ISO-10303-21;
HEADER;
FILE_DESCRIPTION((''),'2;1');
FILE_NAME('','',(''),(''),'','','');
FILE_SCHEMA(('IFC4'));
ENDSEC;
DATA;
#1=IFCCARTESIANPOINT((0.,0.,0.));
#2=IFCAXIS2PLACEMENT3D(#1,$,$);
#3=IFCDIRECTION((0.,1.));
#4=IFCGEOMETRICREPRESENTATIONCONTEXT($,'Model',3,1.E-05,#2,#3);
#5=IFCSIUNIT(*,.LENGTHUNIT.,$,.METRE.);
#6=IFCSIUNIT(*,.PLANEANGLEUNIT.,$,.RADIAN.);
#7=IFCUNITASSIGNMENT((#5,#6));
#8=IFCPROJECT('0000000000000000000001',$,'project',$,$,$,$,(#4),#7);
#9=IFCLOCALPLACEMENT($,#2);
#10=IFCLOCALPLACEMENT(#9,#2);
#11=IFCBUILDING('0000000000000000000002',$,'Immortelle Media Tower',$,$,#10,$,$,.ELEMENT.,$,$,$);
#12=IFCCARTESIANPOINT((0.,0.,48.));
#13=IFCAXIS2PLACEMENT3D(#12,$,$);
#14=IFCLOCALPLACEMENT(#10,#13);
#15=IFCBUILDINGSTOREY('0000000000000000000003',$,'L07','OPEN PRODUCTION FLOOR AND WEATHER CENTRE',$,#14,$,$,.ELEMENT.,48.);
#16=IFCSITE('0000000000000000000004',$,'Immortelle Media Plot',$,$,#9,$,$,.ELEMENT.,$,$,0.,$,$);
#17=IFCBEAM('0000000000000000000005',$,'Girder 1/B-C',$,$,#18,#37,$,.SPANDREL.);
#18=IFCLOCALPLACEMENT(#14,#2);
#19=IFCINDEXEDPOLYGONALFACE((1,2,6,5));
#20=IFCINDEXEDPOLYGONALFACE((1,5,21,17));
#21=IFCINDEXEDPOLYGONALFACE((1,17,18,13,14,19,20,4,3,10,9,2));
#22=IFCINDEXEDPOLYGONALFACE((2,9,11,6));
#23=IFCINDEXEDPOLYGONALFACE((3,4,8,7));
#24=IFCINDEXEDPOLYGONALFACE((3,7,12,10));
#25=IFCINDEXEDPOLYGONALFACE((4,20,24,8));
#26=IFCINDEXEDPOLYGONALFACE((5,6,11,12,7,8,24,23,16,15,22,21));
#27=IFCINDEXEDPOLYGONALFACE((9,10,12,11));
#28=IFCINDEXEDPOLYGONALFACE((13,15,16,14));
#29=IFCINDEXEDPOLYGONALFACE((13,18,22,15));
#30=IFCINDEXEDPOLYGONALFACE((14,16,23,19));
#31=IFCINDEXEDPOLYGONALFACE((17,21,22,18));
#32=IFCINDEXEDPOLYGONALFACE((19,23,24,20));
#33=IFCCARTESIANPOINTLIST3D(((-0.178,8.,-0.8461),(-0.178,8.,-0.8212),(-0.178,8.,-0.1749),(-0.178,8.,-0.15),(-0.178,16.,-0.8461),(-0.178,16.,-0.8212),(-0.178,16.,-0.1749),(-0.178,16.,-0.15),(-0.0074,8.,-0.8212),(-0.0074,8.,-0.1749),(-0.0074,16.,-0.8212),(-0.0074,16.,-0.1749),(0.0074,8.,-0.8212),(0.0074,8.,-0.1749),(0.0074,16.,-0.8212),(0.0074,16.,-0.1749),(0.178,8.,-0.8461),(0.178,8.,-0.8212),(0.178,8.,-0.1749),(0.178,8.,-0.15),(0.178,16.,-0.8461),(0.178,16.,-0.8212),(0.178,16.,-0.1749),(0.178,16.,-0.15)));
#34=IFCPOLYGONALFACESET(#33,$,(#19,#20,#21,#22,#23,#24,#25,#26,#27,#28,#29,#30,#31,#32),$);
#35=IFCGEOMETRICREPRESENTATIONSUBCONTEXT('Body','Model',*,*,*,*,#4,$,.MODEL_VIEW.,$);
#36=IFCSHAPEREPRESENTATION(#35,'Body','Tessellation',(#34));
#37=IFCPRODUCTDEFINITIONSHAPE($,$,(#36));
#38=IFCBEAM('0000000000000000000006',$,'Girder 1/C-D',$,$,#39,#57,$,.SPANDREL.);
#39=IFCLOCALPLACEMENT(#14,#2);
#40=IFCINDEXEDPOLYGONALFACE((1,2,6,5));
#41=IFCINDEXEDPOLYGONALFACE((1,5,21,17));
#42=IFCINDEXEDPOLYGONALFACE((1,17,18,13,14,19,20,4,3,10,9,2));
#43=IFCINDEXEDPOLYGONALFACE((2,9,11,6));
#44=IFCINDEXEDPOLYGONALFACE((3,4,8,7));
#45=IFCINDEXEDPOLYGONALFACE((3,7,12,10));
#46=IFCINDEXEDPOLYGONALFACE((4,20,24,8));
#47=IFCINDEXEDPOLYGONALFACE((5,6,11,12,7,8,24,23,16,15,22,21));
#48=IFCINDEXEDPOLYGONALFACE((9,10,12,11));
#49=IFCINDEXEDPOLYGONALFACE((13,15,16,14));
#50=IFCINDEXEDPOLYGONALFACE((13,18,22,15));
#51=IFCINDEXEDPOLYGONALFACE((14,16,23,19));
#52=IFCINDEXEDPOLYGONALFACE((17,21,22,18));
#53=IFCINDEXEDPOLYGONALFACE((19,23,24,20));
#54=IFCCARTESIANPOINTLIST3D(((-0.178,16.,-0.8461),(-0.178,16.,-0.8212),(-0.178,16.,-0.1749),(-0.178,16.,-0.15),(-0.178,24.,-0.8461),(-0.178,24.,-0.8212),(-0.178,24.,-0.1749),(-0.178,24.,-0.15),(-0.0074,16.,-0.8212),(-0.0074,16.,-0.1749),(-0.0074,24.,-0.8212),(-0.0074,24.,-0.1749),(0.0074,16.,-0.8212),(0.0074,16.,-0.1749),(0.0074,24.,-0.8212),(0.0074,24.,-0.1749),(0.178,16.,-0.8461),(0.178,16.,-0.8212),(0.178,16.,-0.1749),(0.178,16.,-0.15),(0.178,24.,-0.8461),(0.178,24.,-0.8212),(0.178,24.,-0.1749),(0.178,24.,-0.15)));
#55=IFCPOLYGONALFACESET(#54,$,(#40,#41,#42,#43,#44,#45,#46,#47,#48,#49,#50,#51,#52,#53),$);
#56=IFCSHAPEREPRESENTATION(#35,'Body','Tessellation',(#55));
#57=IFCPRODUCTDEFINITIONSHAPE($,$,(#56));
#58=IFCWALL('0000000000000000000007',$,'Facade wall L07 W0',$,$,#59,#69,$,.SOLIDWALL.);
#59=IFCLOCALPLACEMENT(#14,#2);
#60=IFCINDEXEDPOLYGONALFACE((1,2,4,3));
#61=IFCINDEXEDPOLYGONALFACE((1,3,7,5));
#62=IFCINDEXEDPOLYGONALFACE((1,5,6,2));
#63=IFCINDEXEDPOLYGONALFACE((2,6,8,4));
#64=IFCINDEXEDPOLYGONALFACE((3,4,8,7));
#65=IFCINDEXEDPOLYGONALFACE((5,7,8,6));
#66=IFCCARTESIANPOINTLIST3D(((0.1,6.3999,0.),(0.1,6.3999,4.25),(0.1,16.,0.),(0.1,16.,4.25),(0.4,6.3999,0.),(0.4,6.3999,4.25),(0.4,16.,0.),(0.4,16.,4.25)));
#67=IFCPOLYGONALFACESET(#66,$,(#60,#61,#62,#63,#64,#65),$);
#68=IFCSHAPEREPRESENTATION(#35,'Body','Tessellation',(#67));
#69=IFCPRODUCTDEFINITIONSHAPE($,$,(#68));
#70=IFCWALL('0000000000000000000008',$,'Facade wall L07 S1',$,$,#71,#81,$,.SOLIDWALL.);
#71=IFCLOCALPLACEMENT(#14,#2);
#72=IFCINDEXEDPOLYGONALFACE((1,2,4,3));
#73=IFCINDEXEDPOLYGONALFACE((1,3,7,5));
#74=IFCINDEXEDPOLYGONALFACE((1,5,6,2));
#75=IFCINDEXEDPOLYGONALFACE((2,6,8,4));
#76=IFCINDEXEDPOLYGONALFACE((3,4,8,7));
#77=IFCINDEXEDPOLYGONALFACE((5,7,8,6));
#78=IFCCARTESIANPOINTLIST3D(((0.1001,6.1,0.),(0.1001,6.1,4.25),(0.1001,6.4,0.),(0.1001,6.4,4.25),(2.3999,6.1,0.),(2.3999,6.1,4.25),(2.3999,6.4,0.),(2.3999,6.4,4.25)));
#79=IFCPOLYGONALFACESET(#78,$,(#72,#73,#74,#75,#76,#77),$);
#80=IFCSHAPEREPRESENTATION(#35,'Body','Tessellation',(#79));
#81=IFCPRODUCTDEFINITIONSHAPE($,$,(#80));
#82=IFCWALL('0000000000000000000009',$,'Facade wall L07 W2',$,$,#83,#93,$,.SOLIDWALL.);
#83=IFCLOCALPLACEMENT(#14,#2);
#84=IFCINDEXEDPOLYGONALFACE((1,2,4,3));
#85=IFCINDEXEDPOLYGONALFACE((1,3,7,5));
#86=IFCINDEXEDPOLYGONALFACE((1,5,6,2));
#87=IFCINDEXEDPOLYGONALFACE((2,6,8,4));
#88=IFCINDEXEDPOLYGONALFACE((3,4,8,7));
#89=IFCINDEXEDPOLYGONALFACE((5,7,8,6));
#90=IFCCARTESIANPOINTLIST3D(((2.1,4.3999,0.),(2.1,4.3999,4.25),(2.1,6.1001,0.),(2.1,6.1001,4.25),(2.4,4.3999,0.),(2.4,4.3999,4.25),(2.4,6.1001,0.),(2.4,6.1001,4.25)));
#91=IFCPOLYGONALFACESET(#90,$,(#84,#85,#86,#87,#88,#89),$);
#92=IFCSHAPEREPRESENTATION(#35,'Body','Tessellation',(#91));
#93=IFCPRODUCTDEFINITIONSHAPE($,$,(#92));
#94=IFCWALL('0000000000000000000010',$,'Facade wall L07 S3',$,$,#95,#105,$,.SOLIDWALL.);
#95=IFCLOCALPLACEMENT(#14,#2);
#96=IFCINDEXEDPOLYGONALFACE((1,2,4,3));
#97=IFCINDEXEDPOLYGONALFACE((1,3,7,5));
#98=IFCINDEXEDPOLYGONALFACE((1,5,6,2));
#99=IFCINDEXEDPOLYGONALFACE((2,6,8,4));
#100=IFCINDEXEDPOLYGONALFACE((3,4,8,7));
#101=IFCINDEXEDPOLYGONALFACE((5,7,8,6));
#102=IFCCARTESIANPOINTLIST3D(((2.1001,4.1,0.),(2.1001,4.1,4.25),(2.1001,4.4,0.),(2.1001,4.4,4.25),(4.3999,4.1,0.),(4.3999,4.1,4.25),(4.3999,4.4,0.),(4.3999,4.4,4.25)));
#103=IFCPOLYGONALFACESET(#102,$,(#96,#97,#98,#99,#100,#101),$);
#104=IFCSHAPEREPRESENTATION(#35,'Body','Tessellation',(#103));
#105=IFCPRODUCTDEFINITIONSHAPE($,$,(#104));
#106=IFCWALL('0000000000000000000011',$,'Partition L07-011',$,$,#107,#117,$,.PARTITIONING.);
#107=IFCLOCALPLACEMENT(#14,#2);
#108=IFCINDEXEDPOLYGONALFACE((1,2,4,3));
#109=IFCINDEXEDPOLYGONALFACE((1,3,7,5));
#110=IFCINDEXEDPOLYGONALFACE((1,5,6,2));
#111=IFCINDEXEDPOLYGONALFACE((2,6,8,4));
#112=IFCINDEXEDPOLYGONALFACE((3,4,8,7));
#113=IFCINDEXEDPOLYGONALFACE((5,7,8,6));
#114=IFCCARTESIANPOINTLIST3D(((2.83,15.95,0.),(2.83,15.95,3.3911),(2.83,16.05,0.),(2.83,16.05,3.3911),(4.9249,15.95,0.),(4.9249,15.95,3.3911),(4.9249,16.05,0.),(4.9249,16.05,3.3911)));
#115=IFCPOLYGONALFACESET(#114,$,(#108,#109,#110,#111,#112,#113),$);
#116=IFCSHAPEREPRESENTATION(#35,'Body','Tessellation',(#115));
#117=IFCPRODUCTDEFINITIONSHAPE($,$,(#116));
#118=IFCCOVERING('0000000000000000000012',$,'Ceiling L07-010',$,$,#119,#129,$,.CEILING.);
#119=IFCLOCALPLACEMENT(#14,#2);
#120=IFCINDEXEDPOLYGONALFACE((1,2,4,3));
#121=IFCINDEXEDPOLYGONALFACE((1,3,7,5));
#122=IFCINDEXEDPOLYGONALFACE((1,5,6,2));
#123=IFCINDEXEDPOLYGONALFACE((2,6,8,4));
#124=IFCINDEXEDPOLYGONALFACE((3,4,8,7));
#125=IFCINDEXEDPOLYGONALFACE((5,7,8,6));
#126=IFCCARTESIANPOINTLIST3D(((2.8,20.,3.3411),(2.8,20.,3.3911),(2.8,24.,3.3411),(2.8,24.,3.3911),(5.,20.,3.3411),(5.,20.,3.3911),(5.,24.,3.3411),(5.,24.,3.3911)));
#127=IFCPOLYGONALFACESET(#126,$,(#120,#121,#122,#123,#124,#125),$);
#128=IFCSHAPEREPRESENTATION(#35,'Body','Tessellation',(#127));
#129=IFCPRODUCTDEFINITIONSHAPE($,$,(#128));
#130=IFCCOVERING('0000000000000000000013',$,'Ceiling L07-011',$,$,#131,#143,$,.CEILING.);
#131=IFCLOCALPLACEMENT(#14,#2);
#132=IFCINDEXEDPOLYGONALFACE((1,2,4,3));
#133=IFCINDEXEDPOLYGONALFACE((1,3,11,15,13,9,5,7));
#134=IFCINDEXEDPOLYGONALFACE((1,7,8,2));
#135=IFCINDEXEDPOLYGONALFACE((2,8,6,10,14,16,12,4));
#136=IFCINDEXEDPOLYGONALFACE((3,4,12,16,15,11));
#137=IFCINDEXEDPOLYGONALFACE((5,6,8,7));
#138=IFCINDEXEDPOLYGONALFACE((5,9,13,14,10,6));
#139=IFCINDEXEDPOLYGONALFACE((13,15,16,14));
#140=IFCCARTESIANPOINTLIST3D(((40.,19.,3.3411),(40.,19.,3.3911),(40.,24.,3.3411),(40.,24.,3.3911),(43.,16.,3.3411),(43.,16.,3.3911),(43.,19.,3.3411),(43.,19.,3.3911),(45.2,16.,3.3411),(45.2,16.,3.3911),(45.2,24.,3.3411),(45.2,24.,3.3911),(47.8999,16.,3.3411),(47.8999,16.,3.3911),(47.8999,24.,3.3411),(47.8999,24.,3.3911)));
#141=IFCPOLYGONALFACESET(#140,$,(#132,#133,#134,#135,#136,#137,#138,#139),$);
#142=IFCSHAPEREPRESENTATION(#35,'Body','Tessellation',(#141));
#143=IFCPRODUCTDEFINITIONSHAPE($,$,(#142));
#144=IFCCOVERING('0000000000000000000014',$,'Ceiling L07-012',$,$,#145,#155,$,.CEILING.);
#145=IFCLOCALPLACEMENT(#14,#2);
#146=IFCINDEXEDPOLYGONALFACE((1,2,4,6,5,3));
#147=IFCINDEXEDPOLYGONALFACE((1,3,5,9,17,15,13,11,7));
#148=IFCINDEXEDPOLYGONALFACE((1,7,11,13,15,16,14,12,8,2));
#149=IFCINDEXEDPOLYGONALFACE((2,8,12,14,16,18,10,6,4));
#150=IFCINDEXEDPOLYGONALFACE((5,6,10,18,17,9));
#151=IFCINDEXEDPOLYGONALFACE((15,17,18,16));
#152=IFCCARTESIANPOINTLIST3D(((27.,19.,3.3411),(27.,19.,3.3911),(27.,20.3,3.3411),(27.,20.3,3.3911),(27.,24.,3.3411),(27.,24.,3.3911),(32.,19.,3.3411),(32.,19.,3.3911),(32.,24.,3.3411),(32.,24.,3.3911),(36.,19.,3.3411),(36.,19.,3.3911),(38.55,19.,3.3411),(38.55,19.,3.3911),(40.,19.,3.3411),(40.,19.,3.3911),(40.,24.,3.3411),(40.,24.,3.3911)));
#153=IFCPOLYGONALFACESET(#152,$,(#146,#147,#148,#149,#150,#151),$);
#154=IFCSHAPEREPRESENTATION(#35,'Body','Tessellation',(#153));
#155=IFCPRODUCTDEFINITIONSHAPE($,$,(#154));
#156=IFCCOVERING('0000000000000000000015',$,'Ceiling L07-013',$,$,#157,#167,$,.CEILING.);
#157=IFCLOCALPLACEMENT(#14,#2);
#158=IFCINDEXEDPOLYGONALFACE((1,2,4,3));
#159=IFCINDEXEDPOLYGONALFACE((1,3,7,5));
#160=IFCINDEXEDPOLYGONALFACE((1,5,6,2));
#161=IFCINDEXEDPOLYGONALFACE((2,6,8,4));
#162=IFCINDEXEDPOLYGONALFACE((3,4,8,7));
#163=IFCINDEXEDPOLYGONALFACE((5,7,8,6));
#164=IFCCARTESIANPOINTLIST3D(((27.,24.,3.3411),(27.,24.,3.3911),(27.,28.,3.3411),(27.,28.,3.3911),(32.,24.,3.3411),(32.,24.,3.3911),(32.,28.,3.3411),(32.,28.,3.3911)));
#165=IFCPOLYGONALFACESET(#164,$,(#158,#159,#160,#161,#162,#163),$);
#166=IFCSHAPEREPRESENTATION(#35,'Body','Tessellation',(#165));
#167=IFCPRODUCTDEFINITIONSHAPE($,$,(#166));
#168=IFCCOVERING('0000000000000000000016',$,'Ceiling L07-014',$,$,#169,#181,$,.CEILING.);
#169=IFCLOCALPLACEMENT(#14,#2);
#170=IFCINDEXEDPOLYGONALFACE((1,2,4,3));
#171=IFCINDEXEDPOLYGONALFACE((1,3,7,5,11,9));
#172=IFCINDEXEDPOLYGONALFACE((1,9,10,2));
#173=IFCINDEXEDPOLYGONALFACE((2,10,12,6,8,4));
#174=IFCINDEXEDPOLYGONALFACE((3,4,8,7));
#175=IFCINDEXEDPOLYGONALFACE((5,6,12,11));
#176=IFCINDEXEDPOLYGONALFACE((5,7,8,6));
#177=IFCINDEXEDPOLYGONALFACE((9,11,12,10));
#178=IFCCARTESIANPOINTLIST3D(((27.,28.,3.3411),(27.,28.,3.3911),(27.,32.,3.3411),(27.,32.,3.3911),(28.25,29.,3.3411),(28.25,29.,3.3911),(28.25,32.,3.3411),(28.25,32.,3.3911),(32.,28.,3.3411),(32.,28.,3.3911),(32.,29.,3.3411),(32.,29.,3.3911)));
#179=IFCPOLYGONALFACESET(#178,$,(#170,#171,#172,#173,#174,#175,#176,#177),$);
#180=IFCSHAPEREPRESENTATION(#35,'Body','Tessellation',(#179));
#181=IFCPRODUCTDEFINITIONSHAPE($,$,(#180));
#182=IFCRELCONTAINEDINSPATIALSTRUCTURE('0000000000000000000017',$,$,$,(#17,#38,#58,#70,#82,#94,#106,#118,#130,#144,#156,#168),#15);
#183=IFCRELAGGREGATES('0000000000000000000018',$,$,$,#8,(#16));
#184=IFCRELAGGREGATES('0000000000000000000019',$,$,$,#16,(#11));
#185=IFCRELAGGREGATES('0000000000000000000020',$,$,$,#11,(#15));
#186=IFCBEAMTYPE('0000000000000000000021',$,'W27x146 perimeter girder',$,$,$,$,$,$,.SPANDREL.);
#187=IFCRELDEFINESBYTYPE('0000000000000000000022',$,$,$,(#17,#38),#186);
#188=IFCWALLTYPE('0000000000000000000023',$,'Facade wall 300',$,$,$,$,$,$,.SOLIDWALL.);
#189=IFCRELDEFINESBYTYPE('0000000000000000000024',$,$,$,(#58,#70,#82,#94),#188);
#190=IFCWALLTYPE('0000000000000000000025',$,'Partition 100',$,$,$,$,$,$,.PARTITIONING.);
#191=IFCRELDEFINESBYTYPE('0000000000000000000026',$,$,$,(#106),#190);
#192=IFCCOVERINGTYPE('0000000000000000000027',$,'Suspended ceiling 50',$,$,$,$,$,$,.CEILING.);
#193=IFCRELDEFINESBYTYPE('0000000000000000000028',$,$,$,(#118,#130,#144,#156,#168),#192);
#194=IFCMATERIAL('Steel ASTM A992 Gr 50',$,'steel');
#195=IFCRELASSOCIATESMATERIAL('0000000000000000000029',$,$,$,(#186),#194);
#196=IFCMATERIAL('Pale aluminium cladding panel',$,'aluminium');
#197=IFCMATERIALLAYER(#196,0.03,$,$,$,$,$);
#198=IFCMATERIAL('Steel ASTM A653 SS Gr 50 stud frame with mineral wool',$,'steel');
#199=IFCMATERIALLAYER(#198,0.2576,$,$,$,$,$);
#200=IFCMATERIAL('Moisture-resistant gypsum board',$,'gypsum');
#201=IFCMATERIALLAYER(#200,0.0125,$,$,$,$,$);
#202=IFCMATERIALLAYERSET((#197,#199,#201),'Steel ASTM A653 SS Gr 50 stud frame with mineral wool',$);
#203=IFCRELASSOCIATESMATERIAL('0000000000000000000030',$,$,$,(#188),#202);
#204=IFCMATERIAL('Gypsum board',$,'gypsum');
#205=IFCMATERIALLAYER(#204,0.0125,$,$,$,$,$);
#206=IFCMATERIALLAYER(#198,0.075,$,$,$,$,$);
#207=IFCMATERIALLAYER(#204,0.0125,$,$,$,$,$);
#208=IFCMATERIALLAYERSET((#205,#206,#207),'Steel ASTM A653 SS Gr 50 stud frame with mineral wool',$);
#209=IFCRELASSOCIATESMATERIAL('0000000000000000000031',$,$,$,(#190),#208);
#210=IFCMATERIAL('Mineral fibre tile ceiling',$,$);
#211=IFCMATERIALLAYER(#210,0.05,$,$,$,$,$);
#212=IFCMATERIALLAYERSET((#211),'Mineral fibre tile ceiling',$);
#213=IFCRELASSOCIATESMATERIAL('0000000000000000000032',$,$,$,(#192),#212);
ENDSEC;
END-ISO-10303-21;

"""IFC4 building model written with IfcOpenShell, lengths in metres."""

from ifc_helpers import new_model, si_unit, direction, frame, frame_2d, origin, origin_2d, place, context, subcontext, project, spatial, polyline, rectangle, i_section, outline, extrude, material, layer, layer_set, material_profile, profile_set, type_object, element, save


model = new_model("IFC4")

# Units and contexts
model_context = context("Model", 3, precision=1e-05, world=origin(), true_north=direction((0.0, 1.0)))
body_context = subcontext(model_context, "Body", "Model", "MODEL_VIEW")
ifc_project = project(units=[si_unit("LENGTHUNIT", "METRE"), si_unit("PLANEANGLEUNIT", "RADIAN")], contexts=[model_context])

# Site, building, storey
site_placement = place(None, origin())
site = spatial("IfcSite", under=ifc_project, at=site_placement, Name="Immortelle Media Plot", CompositionType="ELEMENT", RefElevation=0.0)
building_placement = place(site_placement, origin())
building = spatial("IfcBuilding", under=site, at=building_placement, Name="Immortelle Media Tower", CompositionType="ELEMENT")
storey_placement = place(building_placement, frame((0.0, 0.0, 48.0)))
storey = spatial("IfcBuildingStorey", under=building, at=storey_placement, Name="L07", Description="OPEN PRODUCTION FLOOR AND WEATHER CENTRE", CompositionType="ELEMENT", Elevation=48.0)

# Shared definitions
ifc_material_1 = material(Name="Steel ASTM A992 Gr 50", Category="steel")

# Beams
ifc_material_profile_1 = material_profile(ifc_material_1, i_section(OverallWidth=0.356, OverallDepth=0.696, WebThickness=0.0149, FlangeThickness=0.0249, at=origin_2d()), Name="W27x146")
ifc_profile_set_1 = profile_set([ifc_material_profile_1], Name="Steel ASTM A992 Gr 50")
beam_type_1 = type_object("IfcBeamType", Name="W27x146 perimeter girder", PredefinedType="SPANDREL", material=ifc_profile_set_1)
for number, where, z_axis, x_axis, name in (
    (1, (0.0, 8.0, -0.498), (0.0, 1.0, 0.0), (-1.0, 0.0, 0.0), "Girder 1/B-C"),
    (2, (0.0, 16.0, -0.498), (0.0, 1.0, 0.0), (-1.0, 0.0, 0.0), "Girder 1/C-D"),
):
    element("IfcBeam", number, at=place(storey_placement, frame(where, z_axis=z_axis, x_axis=x_axis)), inside=storey, type_object=beam_type_1, Name=name, PredefinedType="SPANDREL", context=body_context, shape_type="SweptSolid", body=[
        extrude(i_section(OverallWidth=0.356, OverallDepth=0.696, WebThickness=0.0149, FlangeThickness=0.0249, at=origin_2d()), origin(), (0.0, 0.0, 1.0), 8.0),
    ])

# Walls
ifc_material_2 = material(Name="Pale aluminium cladding panel", Category="aluminium")
ifc_layer_1 = layer(ifc_material_2, 0.03)
ifc_material_3 = material(Name="Steel ASTM A653 SS Gr 50 stud frame with mineral wool", Category="steel")
ifc_layer_2 = layer(ifc_material_3, 0.2576)
ifc_material_4 = material(Name="Moisture-resistant gypsum board", Category="gypsum")
ifc_layer_3 = layer(ifc_material_4, 0.0125)
ifc_layer_set_1 = layer_set([ifc_layer_1, ifc_layer_2, ifc_layer_3], Name="Steel ASTM A653 SS Gr 50 stud frame with mineral wool")
wall_type_1 = type_object("IfcWallType", Name="Facade wall 300", PredefinedType="SOLIDWALL", material=ifc_layer_set_1)
wall_1_placement = place(storey_placement, frame((0.25, 16.0, 0.0), z_axis=(0.0, 0.0, 1.0), x_axis=(0.0, -1.0, 0.0)))
element("IfcWall", 3, at=wall_1_placement, inside=storey, type_object=wall_type_1, Name="Facade wall L07 W0", PredefinedType="SOLIDWALL", context=body_context, shape_type="SweptSolid", body=[
    extrude(rectangle(XDim=9.6001, YDim=0.3, at=frame_2d((4.8, 0.0))), origin(), (0.0, 0.0, 1.0), 4.25),
])
wall_2_placement = place(storey_placement, frame((0.1001, 6.25, 0.0), z_axis=(0.0, 0.0, 1.0), x_axis=(1.0, 0.0, 0.0)))
element("IfcWall", 4, at=wall_2_placement, inside=storey, type_object=wall_type_1, Name="Facade wall L07 S1", PredefinedType="SOLIDWALL", context=body_context, shape_type="SweptSolid", body=[
    extrude(rectangle(XDim=2.2998, YDim=0.3, at=frame_2d((1.1499, 0.0))), origin(), (0.0, 0.0, 1.0), 4.25),
])
wall_3_placement = place(storey_placement, frame((2.25, 6.1001, 0.0), z_axis=(0.0, 0.0, 1.0), x_axis=(0.0, -1.0, 0.0)))
element("IfcWall", 5, at=wall_3_placement, inside=storey, type_object=wall_type_1, Name="Facade wall L07 W2", PredefinedType="SOLIDWALL", context=body_context, shape_type="SweptSolid", body=[
    extrude(rectangle(XDim=1.7002, YDim=0.3, at=frame_2d((0.8501, 0.0))), origin(), (0.0, 0.0, 1.0), 4.25),
])
wall_4_placement = place(storey_placement, frame((2.1001, 4.25, 0.0), z_axis=(0.0, 0.0, 1.0), x_axis=(1.0, 0.0, 0.0)))
element("IfcWall", 6, at=wall_4_placement, inside=storey, type_object=wall_type_1, Name="Facade wall L07 S3", PredefinedType="SOLIDWALL", context=body_context, shape_type="SweptSolid", body=[
    extrude(rectangle(XDim=2.2998, YDim=0.3, at=frame_2d((1.1499, 0.0))), origin(), (0.0, 0.0, 1.0), 4.25),
])
ifc_material_5 = material(Name="Gypsum board", Category="gypsum")
ifc_layer_4 = layer(ifc_material_5, 0.0125)
ifc_layer_5 = layer(ifc_material_3, 0.075)
ifc_layer_6 = layer(ifc_material_5, 0.0125)
ifc_layer_set_2 = layer_set([ifc_layer_4, ifc_layer_5, ifc_layer_6], Name="Steel ASTM A653 SS Gr 50 stud frame with mineral wool")
wall_type_2 = type_object("IfcWallType", Name="Partition 100", PredefinedType="PARTITIONING", material=ifc_layer_set_2)
wall_5_placement = place(storey_placement, frame((2.8301, 16.0, 0.0), z_axis=(0.0, 0.0, 1.0), x_axis=(1.0, 0.0, 0.0)))
element("IfcWall", 7, at=wall_5_placement, inside=storey, type_object=wall_type_2, Name="Partition L07-011", PredefinedType="PARTITIONING", context=body_context, shape_type="SweptSolid", body=[
    extrude(rectangle(XDim=2.095, YDim=0.1001, at=frame_2d((1.0474, 0.0))), origin(), (0.0, 0.0, 1.0), 3.3911),
])

# Coverings
ifc_material_6 = material(Name="Mineral fibre tile ceiling")
ifc_layer_7 = layer(ifc_material_6, 0.05)
ifc_layer_set_3 = layer_set([ifc_layer_7], Name="Mineral fibre tile ceiling")
covering_type = type_object("IfcCoveringType", Name="Suspended ceiling 50", PredefinedType="CEILING", material=ifc_layer_set_3)
covering_1_placement = place(storey_placement, frame((0.0, 0.0, 3.3411)))
element("IfcCovering", 8, at=covering_1_placement, inside=storey, type_object=covering_type, Name="Ceiling L07-010", PredefinedType="CEILING", context=body_context, shape_type="SweptSolid", body=[
    extrude(outline(polyline([(2.8, 24.0), (5.0, 24.0), (5.0, 20.0), (2.8, 20.0), (2.8, 24.0)])), origin(), (0.0, 0.0, 1.0), 0.05),
])
covering_2_placement = place(storey_placement, frame((0.0, 0.0, 3.3411)))
element("IfcCovering", 9, at=covering_2_placement, inside=storey, type_object=covering_type, Name="Ceiling L07-011", PredefinedType="CEILING", context=body_context, shape_type="SweptSolid", body=[
    extrude(outline(polyline([(45.2, 16.0), (43.0, 16.0), (43.0, 19.0), (40.0, 19.0), (40.0, 24.0), (45.2, 24.0), (47.8999, 24.0), (47.8999, 16.0), (45.2, 16.0)])), origin(), (0.0, 0.0, 1.0), 0.05),
])
covering_3_placement = place(storey_placement, frame((0.0, 0.0, 3.3411)))
element("IfcCovering", 10, at=covering_3_placement, inside=storey, type_object=covering_type, Name="Ceiling L07-012", PredefinedType="CEILING", context=body_context, shape_type="SweptSolid", body=[
    extrude(outline(polyline([(27.0, 19.0), (27.0, 20.3), (27.0, 24.0), (32.0, 24.0), (40.0, 24.0), (40.0, 19.0), (38.55, 19.0), (36.0, 19.0), (32.0, 19.0), (27.0, 19.0)])), origin(), (0.0, 0.0, 1.0), 0.05),
])
covering_4_placement = place(storey_placement, frame((0.0, 0.0, 3.3411)))
element("IfcCovering", 11, at=covering_4_placement, inside=storey, type_object=covering_type, Name="Ceiling L07-013", PredefinedType="CEILING", context=body_context, shape_type="SweptSolid", body=[
    extrude(outline(polyline([(27.0, 28.0), (32.0, 28.0), (32.0, 24.0), (27.0, 24.0), (27.0, 28.0)])), origin(), (0.0, 0.0, 1.0), 0.05),
])
covering_5_placement = place(storey_placement, frame((0.0, 0.0, 3.3411)))
element("IfcCovering", 12, at=covering_5_placement, inside=storey, type_object=covering_type, Name="Ceiling L07-014", PredefinedType="CEILING", context=body_context, shape_type="SweptSolid", body=[
    extrude(outline(polyline([(27.0, 32.0), (28.25, 32.0), (28.25, 29.0), (32.0, 29.0), (32.0, 28.0), (27.0, 28.0), (27.0, 32.0)])), origin(), (0.0, 0.0, 1.0), 0.05),
])

save(model, "model.ifc")
